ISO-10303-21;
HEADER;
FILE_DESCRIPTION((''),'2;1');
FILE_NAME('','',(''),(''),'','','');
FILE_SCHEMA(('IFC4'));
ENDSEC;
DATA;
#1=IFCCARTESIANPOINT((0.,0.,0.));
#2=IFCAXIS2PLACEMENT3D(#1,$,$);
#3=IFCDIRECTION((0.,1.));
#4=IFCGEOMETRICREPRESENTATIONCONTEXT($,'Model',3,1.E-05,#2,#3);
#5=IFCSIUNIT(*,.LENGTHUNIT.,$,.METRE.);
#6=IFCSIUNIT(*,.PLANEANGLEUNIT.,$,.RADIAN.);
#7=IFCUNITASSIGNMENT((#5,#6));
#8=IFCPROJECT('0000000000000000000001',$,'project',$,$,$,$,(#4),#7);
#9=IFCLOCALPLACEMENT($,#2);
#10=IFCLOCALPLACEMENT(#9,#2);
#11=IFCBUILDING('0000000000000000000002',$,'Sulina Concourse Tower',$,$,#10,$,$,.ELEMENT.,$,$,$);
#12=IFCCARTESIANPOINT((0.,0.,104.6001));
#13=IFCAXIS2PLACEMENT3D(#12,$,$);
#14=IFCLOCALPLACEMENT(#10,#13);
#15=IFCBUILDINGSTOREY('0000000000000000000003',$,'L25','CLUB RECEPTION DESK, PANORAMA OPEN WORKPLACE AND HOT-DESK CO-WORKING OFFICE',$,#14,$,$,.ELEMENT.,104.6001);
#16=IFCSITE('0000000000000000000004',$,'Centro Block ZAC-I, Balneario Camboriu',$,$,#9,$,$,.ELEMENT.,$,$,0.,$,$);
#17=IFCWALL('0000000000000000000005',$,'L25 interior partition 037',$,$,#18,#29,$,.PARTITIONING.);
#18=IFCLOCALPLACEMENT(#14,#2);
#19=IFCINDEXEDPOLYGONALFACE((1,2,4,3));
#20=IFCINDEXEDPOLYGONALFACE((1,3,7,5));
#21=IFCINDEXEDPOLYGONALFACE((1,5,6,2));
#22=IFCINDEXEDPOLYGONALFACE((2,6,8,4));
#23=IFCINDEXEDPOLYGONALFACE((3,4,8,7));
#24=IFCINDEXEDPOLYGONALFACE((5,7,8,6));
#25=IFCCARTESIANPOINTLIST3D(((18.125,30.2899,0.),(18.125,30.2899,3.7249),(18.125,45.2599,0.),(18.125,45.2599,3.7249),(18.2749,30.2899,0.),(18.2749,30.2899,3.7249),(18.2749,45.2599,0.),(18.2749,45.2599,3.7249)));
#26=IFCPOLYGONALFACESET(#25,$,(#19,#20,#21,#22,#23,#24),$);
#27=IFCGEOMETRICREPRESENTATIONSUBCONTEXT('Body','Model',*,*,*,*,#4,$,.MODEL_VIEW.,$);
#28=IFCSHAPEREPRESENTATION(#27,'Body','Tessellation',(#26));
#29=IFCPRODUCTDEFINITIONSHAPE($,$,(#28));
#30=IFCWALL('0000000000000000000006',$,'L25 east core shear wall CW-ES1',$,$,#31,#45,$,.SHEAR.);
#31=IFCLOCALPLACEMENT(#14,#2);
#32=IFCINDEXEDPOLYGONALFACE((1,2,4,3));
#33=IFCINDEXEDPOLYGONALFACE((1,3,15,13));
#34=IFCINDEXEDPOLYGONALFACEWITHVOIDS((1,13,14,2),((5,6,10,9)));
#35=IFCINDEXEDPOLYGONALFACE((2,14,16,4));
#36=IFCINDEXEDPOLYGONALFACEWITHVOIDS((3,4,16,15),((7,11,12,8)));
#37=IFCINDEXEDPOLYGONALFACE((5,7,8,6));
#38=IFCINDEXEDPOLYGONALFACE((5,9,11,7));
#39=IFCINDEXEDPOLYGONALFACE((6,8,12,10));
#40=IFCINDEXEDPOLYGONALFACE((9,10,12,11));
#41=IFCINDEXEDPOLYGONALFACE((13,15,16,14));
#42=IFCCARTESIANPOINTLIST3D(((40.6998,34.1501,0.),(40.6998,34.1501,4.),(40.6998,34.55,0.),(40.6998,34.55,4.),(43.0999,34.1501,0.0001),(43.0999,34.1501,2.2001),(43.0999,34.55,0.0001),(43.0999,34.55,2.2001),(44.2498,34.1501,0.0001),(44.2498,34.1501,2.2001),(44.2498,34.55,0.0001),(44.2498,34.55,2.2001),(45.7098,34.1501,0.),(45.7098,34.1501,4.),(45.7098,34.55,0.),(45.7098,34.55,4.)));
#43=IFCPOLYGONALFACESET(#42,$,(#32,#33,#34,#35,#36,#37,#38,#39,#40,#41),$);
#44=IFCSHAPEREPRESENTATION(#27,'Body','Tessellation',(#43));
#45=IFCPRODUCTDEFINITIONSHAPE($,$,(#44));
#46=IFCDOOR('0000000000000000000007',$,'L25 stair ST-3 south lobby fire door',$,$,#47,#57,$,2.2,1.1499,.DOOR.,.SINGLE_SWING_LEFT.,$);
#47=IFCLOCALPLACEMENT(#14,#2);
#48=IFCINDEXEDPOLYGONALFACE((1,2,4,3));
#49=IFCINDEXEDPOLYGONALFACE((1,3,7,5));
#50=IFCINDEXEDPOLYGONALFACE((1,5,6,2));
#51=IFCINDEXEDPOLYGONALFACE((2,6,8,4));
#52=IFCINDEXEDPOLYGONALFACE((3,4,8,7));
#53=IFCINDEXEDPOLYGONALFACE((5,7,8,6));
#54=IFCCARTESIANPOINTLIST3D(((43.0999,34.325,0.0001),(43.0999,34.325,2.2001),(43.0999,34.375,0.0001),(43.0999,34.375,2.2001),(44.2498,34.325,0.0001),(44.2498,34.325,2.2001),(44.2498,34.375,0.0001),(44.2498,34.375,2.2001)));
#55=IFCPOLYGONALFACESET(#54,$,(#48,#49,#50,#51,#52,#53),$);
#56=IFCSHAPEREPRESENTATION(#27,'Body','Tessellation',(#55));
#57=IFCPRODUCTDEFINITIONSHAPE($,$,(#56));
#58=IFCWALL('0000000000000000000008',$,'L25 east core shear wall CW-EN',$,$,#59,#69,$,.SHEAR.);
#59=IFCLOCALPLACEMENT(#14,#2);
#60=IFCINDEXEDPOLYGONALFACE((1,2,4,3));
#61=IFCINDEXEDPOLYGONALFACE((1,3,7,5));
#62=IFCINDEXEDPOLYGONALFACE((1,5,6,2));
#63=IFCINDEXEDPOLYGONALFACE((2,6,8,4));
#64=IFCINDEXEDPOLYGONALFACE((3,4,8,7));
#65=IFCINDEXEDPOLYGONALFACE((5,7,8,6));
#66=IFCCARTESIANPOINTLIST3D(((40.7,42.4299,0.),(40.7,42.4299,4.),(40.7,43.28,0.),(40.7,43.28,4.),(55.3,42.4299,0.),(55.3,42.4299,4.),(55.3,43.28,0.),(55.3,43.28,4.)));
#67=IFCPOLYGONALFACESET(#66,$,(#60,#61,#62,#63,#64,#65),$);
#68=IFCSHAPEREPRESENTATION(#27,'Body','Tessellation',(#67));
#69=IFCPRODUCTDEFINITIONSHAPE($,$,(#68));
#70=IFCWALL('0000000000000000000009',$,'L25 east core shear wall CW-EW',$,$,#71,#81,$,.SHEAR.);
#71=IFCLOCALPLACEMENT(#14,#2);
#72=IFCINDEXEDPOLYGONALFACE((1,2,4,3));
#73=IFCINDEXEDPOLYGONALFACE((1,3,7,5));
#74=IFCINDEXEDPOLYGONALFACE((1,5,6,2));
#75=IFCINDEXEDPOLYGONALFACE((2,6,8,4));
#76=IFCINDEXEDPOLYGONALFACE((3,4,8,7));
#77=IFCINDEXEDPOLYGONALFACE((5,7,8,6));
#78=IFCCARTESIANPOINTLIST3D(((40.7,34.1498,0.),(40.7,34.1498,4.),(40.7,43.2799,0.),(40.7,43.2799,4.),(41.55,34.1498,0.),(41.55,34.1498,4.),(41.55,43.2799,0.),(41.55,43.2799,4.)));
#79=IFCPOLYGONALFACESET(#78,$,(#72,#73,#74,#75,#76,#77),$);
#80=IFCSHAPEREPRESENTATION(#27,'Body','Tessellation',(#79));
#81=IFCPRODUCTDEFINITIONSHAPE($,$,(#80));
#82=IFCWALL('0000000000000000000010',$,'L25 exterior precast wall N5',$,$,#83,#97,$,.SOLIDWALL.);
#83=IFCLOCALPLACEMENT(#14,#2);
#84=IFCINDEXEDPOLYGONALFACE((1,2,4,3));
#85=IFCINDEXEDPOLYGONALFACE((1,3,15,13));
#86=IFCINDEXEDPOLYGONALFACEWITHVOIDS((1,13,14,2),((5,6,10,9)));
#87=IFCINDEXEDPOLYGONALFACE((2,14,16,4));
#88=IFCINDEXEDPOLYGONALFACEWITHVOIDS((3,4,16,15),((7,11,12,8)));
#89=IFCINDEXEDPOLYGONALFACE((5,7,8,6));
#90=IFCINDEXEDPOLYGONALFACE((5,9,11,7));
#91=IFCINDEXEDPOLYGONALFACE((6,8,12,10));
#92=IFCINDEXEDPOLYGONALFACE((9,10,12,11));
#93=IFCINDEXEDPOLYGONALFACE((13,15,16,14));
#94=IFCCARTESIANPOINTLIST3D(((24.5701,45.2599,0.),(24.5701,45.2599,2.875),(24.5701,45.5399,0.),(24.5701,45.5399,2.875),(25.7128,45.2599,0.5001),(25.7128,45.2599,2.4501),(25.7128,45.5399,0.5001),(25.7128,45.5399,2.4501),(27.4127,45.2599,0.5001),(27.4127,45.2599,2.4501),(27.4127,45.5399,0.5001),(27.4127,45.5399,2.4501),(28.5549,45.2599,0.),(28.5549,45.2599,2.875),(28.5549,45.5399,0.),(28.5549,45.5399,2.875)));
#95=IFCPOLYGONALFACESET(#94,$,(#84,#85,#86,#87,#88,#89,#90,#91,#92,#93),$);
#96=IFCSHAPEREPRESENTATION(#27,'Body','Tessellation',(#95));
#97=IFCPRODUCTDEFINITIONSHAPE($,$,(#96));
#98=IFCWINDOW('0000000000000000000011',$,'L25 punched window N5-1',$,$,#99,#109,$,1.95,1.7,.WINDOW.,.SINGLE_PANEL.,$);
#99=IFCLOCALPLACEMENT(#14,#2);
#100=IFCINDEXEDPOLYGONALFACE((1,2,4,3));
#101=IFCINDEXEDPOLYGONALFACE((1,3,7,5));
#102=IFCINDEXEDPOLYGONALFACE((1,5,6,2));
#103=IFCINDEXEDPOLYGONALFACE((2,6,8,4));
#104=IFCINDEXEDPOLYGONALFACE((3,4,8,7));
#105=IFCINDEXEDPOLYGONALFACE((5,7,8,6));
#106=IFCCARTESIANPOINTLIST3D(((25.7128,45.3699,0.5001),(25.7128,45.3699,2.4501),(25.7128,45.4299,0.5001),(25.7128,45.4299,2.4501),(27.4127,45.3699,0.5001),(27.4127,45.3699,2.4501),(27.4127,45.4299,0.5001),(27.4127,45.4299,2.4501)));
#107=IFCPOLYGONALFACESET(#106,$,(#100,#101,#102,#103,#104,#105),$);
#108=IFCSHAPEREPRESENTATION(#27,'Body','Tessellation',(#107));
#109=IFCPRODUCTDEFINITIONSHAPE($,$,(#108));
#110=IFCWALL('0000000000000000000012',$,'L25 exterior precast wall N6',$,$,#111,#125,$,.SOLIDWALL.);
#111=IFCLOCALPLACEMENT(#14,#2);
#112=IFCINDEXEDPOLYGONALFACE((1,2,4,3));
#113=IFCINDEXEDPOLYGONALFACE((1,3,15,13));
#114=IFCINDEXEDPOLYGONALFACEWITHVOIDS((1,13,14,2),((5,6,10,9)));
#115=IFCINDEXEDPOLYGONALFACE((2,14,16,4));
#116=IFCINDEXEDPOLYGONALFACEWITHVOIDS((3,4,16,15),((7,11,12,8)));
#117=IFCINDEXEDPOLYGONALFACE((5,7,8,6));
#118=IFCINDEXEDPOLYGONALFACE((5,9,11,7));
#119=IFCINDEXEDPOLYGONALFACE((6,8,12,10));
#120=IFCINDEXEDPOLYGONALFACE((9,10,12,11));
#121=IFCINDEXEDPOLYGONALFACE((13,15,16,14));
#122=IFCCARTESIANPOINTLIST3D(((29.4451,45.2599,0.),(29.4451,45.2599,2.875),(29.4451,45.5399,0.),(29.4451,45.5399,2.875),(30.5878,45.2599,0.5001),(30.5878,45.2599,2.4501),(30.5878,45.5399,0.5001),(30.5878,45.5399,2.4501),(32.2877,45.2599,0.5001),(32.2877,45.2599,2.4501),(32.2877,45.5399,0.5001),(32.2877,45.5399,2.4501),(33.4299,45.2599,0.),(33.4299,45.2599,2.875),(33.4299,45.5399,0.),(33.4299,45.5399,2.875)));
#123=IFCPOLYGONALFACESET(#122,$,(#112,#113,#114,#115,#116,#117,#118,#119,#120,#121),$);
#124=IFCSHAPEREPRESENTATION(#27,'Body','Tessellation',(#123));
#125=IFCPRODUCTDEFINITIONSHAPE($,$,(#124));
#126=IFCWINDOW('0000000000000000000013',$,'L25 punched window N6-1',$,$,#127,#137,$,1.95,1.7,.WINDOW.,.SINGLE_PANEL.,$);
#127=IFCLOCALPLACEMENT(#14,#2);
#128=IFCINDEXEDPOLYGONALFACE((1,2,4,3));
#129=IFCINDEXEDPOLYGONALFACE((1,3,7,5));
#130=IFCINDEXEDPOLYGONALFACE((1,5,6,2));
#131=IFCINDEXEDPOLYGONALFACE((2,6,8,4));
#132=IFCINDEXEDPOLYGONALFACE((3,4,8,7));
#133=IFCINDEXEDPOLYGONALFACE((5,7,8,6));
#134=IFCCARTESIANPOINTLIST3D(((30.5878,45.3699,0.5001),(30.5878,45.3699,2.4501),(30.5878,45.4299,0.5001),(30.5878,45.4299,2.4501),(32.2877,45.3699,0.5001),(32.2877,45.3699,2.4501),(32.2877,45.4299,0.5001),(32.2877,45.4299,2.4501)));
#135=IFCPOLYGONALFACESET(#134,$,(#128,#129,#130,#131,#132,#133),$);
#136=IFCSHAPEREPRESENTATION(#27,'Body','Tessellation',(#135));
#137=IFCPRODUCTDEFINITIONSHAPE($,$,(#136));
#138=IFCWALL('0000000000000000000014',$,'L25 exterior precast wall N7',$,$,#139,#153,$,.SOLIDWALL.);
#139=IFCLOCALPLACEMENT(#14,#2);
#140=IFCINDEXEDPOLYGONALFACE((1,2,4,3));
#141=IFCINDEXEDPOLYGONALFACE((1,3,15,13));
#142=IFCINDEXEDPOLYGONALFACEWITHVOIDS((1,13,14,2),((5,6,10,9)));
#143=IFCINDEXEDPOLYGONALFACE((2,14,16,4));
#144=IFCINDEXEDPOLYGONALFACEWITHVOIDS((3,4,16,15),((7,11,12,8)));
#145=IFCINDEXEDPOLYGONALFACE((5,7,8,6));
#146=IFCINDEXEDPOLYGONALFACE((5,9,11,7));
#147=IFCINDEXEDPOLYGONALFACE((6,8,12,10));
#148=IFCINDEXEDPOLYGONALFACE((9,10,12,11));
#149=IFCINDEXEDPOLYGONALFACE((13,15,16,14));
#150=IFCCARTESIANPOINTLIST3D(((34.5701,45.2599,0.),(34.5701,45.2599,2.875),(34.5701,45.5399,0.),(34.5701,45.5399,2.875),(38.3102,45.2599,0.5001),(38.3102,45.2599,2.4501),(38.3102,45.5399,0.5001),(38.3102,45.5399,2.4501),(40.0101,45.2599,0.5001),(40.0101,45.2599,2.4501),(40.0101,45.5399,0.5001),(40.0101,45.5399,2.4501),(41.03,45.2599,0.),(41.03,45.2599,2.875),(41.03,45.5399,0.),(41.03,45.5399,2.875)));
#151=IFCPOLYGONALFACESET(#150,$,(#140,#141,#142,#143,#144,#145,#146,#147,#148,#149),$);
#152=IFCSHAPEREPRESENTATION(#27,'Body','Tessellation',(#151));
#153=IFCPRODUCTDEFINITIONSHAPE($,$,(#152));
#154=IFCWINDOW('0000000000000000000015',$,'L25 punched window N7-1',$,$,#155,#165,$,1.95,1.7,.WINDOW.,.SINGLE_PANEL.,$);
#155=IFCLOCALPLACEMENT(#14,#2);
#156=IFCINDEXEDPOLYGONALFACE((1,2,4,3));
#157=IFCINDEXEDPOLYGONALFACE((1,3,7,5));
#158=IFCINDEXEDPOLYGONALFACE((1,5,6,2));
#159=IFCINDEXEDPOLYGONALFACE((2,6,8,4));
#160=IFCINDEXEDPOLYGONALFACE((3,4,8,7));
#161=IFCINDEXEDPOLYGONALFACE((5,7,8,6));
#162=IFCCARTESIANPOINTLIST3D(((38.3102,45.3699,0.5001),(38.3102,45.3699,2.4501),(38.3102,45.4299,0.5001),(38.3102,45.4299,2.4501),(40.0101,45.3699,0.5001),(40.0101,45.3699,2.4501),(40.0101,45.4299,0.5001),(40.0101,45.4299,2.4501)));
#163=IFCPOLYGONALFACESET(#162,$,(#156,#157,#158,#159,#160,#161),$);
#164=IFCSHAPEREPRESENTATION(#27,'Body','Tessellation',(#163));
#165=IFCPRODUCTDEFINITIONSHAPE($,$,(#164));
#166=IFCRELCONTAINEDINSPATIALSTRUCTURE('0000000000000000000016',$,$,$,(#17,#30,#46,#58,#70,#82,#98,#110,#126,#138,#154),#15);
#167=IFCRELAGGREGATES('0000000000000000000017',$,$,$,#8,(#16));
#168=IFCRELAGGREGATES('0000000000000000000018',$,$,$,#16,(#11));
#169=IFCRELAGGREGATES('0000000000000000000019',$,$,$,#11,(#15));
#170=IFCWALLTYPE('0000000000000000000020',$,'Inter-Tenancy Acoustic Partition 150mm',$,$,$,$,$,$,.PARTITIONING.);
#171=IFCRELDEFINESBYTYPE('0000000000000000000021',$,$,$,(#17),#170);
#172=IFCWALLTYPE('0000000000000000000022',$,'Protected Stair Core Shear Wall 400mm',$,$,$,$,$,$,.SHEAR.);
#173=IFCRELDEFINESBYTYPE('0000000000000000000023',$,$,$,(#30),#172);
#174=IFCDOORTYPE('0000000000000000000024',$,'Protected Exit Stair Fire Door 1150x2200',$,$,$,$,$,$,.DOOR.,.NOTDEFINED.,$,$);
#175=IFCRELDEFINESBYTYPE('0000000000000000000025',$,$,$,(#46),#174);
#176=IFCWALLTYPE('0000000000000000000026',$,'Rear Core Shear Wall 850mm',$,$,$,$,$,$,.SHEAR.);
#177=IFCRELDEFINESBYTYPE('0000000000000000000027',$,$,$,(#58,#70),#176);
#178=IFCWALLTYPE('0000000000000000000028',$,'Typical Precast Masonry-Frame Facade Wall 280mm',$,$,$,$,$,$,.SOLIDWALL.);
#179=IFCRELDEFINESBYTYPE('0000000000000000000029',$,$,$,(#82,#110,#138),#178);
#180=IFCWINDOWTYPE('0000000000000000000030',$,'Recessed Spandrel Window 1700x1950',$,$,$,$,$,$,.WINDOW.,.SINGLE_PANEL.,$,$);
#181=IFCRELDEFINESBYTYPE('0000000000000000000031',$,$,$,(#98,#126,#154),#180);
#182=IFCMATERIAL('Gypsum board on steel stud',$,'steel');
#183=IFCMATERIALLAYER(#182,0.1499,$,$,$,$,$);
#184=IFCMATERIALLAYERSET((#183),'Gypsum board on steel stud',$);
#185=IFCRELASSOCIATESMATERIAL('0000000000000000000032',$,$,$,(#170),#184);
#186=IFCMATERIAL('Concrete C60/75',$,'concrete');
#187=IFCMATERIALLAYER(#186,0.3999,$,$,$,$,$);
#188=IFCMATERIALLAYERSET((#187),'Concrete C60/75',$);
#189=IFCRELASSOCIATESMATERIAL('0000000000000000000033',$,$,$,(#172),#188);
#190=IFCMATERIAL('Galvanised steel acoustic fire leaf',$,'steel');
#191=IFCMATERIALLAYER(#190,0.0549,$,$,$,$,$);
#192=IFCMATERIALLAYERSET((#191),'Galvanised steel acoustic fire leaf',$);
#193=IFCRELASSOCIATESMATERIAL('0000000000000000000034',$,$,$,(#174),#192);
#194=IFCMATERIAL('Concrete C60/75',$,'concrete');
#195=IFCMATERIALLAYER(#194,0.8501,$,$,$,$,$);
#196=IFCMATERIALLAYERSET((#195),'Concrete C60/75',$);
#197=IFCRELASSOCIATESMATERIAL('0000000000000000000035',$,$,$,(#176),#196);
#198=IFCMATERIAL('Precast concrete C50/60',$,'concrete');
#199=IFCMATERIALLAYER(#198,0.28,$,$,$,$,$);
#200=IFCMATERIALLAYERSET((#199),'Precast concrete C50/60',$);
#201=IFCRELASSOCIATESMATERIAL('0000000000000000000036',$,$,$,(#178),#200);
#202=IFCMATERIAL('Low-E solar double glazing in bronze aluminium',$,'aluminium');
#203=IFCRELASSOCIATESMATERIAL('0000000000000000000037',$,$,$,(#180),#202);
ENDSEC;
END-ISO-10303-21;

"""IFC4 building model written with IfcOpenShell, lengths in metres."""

from ifc_helpers import new_model, si_unit, direction, frame, frame_2d, origin, place, context, subcontext, project, spatial, rectangle, extrude, material, layer, layer_set, type_object, element, fill, save


model = new_model("IFC4")

# Units and contexts
model_context = context("Model", 3, precision=1e-05, world=origin(), true_north=direction((0.0, 1.0)))
body_context = subcontext(model_context, "Body", "Model", "MODEL_VIEW")
ifc_project = project(units=[si_unit("LENGTHUNIT", "METRE"), si_unit("PLANEANGLEUNIT", "RADIAN")], contexts=[model_context])

# Site, building, storey
site_placement = place(None, origin())
site = spatial("IfcSite", under=ifc_project, at=site_placement, Name="Centro Block ZAC-I, Balneario Camboriu", CompositionType="ELEMENT", RefElevation=0.0)
building_placement = place(site_placement, origin())
building = spatial("IfcBuilding", under=site, at=building_placement, Name="Sulina Concourse Tower", CompositionType="ELEMENT")
storey_placement = place(building_placement, frame((0.0, 0.0, 104.6001)))
storey = spatial("IfcBuildingStorey", under=building, at=storey_placement, Name="L25", Description="CLUB RECEPTION DESK, PANORAMA OPEN WORKPLACE AND HOT-DESK CO-WORKING OFFICE", CompositionType="ELEMENT", Elevation=104.6001)

# Wall
ifc_material_1 = material(Name="Gypsum board on steel stud", Category="steel")
ifc_layer_1 = layer(ifc_material_1, 0.1499)
ifc_layer_set_1 = layer_set([ifc_layer_1], Name="Gypsum board on steel stud")
wall_type_1 = type_object("IfcWallType", Name="Inter-Tenancy Acoustic Partition 150mm", PredefinedType="PARTITIONING", material=ifc_layer_set_1)
wall_1_placement = place(storey_placement, frame((18.2, 30.29, 0.0), z_axis=(0.0, 0.0, 1.0), x_axis=(0.0, 1.0, 0.0)))
element("IfcWall", 1, at=wall_1_placement, inside=storey, type_object=wall_type_1, Name="L25 interior partition 037", PredefinedType="PARTITIONING", context=body_context, shape_type="SweptSolid", body=[
    extrude(rectangle(XDim=14.97, YDim=0.1499, at=frame_2d((7.4849, 0.0))), origin(), (0.0, 0.0, 1.0), 3.7249),
])

# Wall, opening, door
ifc_material_2 = material(Name="Concrete C60/75", Category="concrete")
ifc_layer_2 = layer(ifc_material_2, 0.3999)
ifc_layer_set_2 = layer_set([ifc_layer_2], Name="Concrete C60/75")
wall_type_2 = type_object("IfcWallType", Name="Protected Stair Core Shear Wall 400mm", PredefinedType="SHEAR", material=ifc_layer_set_2)
wall_2_placement = place(storey_placement, frame((40.7, 34.3501, 0.0), z_axis=(0.0, 0.0, 1.0), x_axis=(1.0, 0.0, 0.0)))
wall_2 = element("IfcWall", 2, at=wall_2_placement, inside=storey, type_object=wall_type_2, Name="L25 east core shear wall CW-ES1", PredefinedType="SHEAR", context=body_context, shape_type="SweptSolid", body=[
    extrude(rectangle(XDim=5.01, YDim=0.3999, at=frame_2d((2.5049, 0.0))), origin(), (0.0, 0.0, 1.0), 4.0),
])
opening_1_placement = place(wall_2_placement, frame((2.3999, 0.0, 0.0)))
opening_1 = element("IfcOpeningElement", 3, at=opening_1_placement, cuts=wall_2, PredefinedType="OPENING", context=body_context, shape_type="SweptSolid", body=[
    extrude(rectangle(XDim=1.1499, YDim=2.2, at=frame_2d((0.575, 1.1001))), frame((0.0, 0.21, 0.0), z_axis=(0.0, -1.0, 0.0), x_axis=(1.0, 0.0, 0.0)), (0.0, 0.0, 1.0), 0.4199),
])
ifc_material_3 = material(Name="Galvanised steel acoustic fire leaf", Category="steel")
ifc_layer_3 = layer(ifc_material_3, 0.0549)
ifc_layer_set_3 = layer_set([ifc_layer_3], Name="Galvanised steel acoustic fire leaf")
door_type = type_object("IfcDoorType", Name="Protected Exit Stair Fire Door 1150x2200", OperationType="NOTDEFINED", PredefinedType="DOOR", material=ifc_layer_set_3)
door_placement = place(opening_1_placement, origin())
door = element("IfcDoor", 4, at=door_placement, inside=storey, type_object=door_type, Name="L25 stair ST-3 south lobby fire door", OperationType="SINGLE_SWING_LEFT", OverallHeight=2.2, OverallWidth=1.1499, PredefinedType="DOOR", context=body_context, shape_type="SweptSolid", body=[
    extrude(rectangle(XDim=1.1499, YDim=2.2, at=frame_2d((0.575, 1.1001))), frame((0.0, 0.0249, 0.0), z_axis=(0.0, -1.0, 0.0), x_axis=(1.0, 0.0, 0.0)), (0.0, 0.0, 1.0), 0.05),
])
fill(opening_1, door)

# Walls
ifc_material_4 = material(Name="Concrete C60/75", Category="concrete")
ifc_layer_4 = layer(ifc_material_4, 0.8501)
ifc_layer_set_4 = layer_set([ifc_layer_4], Name="Concrete C60/75")
wall_type_3 = type_object("IfcWallType", Name="Rear Core Shear Wall 850mm", PredefinedType="SHEAR", material=ifc_layer_set_4)
wall_3_placement = place(storey_placement, frame((40.7, 42.855, 0.0), z_axis=(0.0, 0.0, 1.0), x_axis=(1.0, 0.0, 0.0)))
element("IfcWall", 5, at=wall_3_placement, inside=storey, type_object=wall_type_3, Name="L25 east core shear wall CW-EN", PredefinedType="SHEAR", context=body_context, shape_type="SweptSolid", body=[
    extrude(rectangle(XDim=14.6001, YDim=0.8501, at=frame_2d((7.3, 0.0))), origin(), (0.0, 0.0, 1.0), 4.0),
])
wall_4_placement = place(storey_placement, frame((41.125, 34.1499, 0.0), z_axis=(0.0, 0.0, 1.0), x_axis=(0.0, 1.0, 0.0)))
element("IfcWall", 6, at=wall_4_placement, inside=storey, type_object=wall_type_3, Name="L25 east core shear wall CW-EW", PredefinedType="SHEAR", context=body_context, shape_type="SweptSolid", body=[
    extrude(rectangle(XDim=9.1301, YDim=0.8501, at=frame_2d((4.5649, 0.0))), origin(), (0.0, 0.0, 1.0), 4.0),
])

# Walls, openings, windows
ifc_material_5 = material(Name="Precast concrete C50/60", Category="concrete")
ifc_layer_5 = layer(ifc_material_5, 0.28)
ifc_layer_set_5 = layer_set([ifc_layer_5], Name="Precast concrete C50/60")
wall_type_4 = type_object("IfcWallType", Name="Typical Precast Masonry-Frame Facade Wall 280mm", PredefinedType="SOLIDWALL", material=ifc_layer_set_5)
wall_5_placement = place(storey_placement, frame((24.5701, 45.3999, 0.0), z_axis=(0.0, 0.0, 1.0), x_axis=(1.0, 0.0, 0.0)))
wall_5 = element("IfcWall", 7, at=wall_5_placement, inside=storey, type_object=wall_type_4, Name="L25 exterior precast wall N5", PredefinedType="SOLIDWALL", context=body_context, shape_type="SweptSolid", body=[
    extrude(rectangle(XDim=3.9849, YDim=0.28, at=frame_2d((1.9924, 0.0))), origin(), (0.0, 0.0, 1.0), 2.875),
])
opening_2_placement = place(wall_5_placement, frame((1.1426, 0.0, 0.5)))
opening_2 = element("IfcOpeningElement", 8, at=opening_2_placement, cuts=wall_5, PredefinedType="OPENING", context=body_context, shape_type="SweptSolid", body=[
    extrude(rectangle(XDim=1.7, YDim=1.95, at=frame_2d((0.8501, 0.9751))), frame((0.0, 0.1499, 0.0), z_axis=(0.0, -1.0, 0.0), x_axis=(1.0, 0.0, 0.0)), (0.0, 0.0, 1.0), 0.3),
])
ifc_material_6 = material(Name="Low-E solar double glazing in bronze aluminium", Category="aluminium")
window_type = type_object("IfcWindowType", Name="Recessed Spandrel Window 1700x1950", PartitioningType="SINGLE_PANEL", PredefinedType="WINDOW", material=ifc_material_6)
window_1_placement = place(opening_2_placement, origin())
window_1 = element("IfcWindow", 9, at=window_1_placement, inside=storey, type_object=window_type, Name="L25 punched window N5-1", OverallHeight=1.95, OverallWidth=1.7, PartitioningType="SINGLE_PANEL", PredefinedType="WINDOW", context=body_context, shape_type="SweptSolid", body=[
    extrude(rectangle(XDim=1.7, YDim=1.95, at=frame_2d((0.8501, 0.9751))), frame((0.0, 0.03, 0.0), z_axis=(0.0, -1.0, 0.0), x_axis=(1.0, 0.0, 0.0)), (0.0, 0.0, 1.0), 0.0601),
])
fill(opening_2, window_1)
wall_6_placement = place(storey_placement, frame((29.4451, 45.3999, 0.0), z_axis=(0.0, 0.0, 1.0), x_axis=(1.0, 0.0, 0.0)))
wall_6 = element("IfcWall", 10, at=wall_6_placement, inside=storey, type_object=wall_type_4, Name="L25 exterior precast wall N6", PredefinedType="SOLIDWALL", context=body_context, shape_type="SweptSolid", body=[
    extrude(rectangle(XDim=3.9849, YDim=0.28, at=frame_2d((1.9924, 0.0))), origin(), (0.0, 0.0, 1.0), 2.875),
])
opening_3_placement = place(wall_6_placement, frame((1.1426, 0.0, 0.5)))
opening_3 = element("IfcOpeningElement", 11, at=opening_3_placement, cuts=wall_6, PredefinedType="OPENING", context=body_context, shape_type="SweptSolid", body=[
    extrude(rectangle(XDim=1.7, YDim=1.95, at=frame_2d((0.8501, 0.9751))), frame((0.0, 0.1499, 0.0), z_axis=(0.0, -1.0, 0.0), x_axis=(1.0, 0.0, 0.0)), (0.0, 0.0, 1.0), 0.3),
])
window_2_placement = place(opening_3_placement, origin())
window_2 = element("IfcWindow", 12, at=window_2_placement, inside=storey, type_object=window_type, Name="L25 punched window N6-1", OverallHeight=1.95, OverallWidth=1.7, PartitioningType="SINGLE_PANEL", PredefinedType="WINDOW", context=body_context, shape_type="SweptSolid", body=[
    extrude(rectangle(XDim=1.7, YDim=1.95, at=frame_2d((0.8501, 0.9751))), frame((0.0, 0.03, 0.0), z_axis=(0.0, -1.0, 0.0), x_axis=(1.0, 0.0, 0.0)), (0.0, 0.0, 1.0), 0.0601),
])
fill(opening_3, window_2)
wall_7_placement = place(storey_placement, frame((34.5701, 45.3999, 0.0), z_axis=(0.0, 0.0, 1.0), x_axis=(1.0, 0.0, 0.0)))
wall_7 = element("IfcWall", 13, at=wall_7_placement, inside=storey, type_object=wall_type_4, Name="L25 exterior precast wall N7", PredefinedType="SOLIDWALL", context=body_context, shape_type="SweptSolid", body=[
    extrude(rectangle(XDim=6.46, YDim=0.28, at=frame_2d((3.23, 0.0))), origin(), (0.0, 0.0, 1.0), 2.875),
])
opening_4_placement = place(wall_7_placement, frame((3.74, 0.0, 0.5)))
opening_4 = element("IfcOpeningElement", 14, at=opening_4_placement, cuts=wall_7, PredefinedType="OPENING", context=body_context, shape_type="SweptSolid", body=[
    extrude(rectangle(XDim=1.7, YDim=1.95, at=frame_2d((0.8501, 0.9751))), frame((0.0, 0.1499, 0.0), z_axis=(0.0, -1.0, 0.0), x_axis=(1.0, 0.0, 0.0)), (0.0, 0.0, 1.0), 0.3),
])
window_3_placement = place(opening_4_placement, origin())
window_3 = element("IfcWindow", 15, at=window_3_placement, inside=storey, type_object=window_type, Name="L25 punched window N7-1", OverallHeight=1.95, OverallWidth=1.7, PartitioningType="SINGLE_PANEL", PredefinedType="WINDOW", context=body_context, shape_type="SweptSolid", body=[
    extrude(rectangle(XDim=1.7, YDim=1.95, at=frame_2d((0.8501, 0.9751))), frame((0.0, 0.03, 0.0), z_axis=(0.0, -1.0, 0.0), x_axis=(1.0, 0.0, 0.0)), (0.0, 0.0, 1.0), 0.0601),
])
fill(opening_4, window_3)

save(model, "model.ifc")
